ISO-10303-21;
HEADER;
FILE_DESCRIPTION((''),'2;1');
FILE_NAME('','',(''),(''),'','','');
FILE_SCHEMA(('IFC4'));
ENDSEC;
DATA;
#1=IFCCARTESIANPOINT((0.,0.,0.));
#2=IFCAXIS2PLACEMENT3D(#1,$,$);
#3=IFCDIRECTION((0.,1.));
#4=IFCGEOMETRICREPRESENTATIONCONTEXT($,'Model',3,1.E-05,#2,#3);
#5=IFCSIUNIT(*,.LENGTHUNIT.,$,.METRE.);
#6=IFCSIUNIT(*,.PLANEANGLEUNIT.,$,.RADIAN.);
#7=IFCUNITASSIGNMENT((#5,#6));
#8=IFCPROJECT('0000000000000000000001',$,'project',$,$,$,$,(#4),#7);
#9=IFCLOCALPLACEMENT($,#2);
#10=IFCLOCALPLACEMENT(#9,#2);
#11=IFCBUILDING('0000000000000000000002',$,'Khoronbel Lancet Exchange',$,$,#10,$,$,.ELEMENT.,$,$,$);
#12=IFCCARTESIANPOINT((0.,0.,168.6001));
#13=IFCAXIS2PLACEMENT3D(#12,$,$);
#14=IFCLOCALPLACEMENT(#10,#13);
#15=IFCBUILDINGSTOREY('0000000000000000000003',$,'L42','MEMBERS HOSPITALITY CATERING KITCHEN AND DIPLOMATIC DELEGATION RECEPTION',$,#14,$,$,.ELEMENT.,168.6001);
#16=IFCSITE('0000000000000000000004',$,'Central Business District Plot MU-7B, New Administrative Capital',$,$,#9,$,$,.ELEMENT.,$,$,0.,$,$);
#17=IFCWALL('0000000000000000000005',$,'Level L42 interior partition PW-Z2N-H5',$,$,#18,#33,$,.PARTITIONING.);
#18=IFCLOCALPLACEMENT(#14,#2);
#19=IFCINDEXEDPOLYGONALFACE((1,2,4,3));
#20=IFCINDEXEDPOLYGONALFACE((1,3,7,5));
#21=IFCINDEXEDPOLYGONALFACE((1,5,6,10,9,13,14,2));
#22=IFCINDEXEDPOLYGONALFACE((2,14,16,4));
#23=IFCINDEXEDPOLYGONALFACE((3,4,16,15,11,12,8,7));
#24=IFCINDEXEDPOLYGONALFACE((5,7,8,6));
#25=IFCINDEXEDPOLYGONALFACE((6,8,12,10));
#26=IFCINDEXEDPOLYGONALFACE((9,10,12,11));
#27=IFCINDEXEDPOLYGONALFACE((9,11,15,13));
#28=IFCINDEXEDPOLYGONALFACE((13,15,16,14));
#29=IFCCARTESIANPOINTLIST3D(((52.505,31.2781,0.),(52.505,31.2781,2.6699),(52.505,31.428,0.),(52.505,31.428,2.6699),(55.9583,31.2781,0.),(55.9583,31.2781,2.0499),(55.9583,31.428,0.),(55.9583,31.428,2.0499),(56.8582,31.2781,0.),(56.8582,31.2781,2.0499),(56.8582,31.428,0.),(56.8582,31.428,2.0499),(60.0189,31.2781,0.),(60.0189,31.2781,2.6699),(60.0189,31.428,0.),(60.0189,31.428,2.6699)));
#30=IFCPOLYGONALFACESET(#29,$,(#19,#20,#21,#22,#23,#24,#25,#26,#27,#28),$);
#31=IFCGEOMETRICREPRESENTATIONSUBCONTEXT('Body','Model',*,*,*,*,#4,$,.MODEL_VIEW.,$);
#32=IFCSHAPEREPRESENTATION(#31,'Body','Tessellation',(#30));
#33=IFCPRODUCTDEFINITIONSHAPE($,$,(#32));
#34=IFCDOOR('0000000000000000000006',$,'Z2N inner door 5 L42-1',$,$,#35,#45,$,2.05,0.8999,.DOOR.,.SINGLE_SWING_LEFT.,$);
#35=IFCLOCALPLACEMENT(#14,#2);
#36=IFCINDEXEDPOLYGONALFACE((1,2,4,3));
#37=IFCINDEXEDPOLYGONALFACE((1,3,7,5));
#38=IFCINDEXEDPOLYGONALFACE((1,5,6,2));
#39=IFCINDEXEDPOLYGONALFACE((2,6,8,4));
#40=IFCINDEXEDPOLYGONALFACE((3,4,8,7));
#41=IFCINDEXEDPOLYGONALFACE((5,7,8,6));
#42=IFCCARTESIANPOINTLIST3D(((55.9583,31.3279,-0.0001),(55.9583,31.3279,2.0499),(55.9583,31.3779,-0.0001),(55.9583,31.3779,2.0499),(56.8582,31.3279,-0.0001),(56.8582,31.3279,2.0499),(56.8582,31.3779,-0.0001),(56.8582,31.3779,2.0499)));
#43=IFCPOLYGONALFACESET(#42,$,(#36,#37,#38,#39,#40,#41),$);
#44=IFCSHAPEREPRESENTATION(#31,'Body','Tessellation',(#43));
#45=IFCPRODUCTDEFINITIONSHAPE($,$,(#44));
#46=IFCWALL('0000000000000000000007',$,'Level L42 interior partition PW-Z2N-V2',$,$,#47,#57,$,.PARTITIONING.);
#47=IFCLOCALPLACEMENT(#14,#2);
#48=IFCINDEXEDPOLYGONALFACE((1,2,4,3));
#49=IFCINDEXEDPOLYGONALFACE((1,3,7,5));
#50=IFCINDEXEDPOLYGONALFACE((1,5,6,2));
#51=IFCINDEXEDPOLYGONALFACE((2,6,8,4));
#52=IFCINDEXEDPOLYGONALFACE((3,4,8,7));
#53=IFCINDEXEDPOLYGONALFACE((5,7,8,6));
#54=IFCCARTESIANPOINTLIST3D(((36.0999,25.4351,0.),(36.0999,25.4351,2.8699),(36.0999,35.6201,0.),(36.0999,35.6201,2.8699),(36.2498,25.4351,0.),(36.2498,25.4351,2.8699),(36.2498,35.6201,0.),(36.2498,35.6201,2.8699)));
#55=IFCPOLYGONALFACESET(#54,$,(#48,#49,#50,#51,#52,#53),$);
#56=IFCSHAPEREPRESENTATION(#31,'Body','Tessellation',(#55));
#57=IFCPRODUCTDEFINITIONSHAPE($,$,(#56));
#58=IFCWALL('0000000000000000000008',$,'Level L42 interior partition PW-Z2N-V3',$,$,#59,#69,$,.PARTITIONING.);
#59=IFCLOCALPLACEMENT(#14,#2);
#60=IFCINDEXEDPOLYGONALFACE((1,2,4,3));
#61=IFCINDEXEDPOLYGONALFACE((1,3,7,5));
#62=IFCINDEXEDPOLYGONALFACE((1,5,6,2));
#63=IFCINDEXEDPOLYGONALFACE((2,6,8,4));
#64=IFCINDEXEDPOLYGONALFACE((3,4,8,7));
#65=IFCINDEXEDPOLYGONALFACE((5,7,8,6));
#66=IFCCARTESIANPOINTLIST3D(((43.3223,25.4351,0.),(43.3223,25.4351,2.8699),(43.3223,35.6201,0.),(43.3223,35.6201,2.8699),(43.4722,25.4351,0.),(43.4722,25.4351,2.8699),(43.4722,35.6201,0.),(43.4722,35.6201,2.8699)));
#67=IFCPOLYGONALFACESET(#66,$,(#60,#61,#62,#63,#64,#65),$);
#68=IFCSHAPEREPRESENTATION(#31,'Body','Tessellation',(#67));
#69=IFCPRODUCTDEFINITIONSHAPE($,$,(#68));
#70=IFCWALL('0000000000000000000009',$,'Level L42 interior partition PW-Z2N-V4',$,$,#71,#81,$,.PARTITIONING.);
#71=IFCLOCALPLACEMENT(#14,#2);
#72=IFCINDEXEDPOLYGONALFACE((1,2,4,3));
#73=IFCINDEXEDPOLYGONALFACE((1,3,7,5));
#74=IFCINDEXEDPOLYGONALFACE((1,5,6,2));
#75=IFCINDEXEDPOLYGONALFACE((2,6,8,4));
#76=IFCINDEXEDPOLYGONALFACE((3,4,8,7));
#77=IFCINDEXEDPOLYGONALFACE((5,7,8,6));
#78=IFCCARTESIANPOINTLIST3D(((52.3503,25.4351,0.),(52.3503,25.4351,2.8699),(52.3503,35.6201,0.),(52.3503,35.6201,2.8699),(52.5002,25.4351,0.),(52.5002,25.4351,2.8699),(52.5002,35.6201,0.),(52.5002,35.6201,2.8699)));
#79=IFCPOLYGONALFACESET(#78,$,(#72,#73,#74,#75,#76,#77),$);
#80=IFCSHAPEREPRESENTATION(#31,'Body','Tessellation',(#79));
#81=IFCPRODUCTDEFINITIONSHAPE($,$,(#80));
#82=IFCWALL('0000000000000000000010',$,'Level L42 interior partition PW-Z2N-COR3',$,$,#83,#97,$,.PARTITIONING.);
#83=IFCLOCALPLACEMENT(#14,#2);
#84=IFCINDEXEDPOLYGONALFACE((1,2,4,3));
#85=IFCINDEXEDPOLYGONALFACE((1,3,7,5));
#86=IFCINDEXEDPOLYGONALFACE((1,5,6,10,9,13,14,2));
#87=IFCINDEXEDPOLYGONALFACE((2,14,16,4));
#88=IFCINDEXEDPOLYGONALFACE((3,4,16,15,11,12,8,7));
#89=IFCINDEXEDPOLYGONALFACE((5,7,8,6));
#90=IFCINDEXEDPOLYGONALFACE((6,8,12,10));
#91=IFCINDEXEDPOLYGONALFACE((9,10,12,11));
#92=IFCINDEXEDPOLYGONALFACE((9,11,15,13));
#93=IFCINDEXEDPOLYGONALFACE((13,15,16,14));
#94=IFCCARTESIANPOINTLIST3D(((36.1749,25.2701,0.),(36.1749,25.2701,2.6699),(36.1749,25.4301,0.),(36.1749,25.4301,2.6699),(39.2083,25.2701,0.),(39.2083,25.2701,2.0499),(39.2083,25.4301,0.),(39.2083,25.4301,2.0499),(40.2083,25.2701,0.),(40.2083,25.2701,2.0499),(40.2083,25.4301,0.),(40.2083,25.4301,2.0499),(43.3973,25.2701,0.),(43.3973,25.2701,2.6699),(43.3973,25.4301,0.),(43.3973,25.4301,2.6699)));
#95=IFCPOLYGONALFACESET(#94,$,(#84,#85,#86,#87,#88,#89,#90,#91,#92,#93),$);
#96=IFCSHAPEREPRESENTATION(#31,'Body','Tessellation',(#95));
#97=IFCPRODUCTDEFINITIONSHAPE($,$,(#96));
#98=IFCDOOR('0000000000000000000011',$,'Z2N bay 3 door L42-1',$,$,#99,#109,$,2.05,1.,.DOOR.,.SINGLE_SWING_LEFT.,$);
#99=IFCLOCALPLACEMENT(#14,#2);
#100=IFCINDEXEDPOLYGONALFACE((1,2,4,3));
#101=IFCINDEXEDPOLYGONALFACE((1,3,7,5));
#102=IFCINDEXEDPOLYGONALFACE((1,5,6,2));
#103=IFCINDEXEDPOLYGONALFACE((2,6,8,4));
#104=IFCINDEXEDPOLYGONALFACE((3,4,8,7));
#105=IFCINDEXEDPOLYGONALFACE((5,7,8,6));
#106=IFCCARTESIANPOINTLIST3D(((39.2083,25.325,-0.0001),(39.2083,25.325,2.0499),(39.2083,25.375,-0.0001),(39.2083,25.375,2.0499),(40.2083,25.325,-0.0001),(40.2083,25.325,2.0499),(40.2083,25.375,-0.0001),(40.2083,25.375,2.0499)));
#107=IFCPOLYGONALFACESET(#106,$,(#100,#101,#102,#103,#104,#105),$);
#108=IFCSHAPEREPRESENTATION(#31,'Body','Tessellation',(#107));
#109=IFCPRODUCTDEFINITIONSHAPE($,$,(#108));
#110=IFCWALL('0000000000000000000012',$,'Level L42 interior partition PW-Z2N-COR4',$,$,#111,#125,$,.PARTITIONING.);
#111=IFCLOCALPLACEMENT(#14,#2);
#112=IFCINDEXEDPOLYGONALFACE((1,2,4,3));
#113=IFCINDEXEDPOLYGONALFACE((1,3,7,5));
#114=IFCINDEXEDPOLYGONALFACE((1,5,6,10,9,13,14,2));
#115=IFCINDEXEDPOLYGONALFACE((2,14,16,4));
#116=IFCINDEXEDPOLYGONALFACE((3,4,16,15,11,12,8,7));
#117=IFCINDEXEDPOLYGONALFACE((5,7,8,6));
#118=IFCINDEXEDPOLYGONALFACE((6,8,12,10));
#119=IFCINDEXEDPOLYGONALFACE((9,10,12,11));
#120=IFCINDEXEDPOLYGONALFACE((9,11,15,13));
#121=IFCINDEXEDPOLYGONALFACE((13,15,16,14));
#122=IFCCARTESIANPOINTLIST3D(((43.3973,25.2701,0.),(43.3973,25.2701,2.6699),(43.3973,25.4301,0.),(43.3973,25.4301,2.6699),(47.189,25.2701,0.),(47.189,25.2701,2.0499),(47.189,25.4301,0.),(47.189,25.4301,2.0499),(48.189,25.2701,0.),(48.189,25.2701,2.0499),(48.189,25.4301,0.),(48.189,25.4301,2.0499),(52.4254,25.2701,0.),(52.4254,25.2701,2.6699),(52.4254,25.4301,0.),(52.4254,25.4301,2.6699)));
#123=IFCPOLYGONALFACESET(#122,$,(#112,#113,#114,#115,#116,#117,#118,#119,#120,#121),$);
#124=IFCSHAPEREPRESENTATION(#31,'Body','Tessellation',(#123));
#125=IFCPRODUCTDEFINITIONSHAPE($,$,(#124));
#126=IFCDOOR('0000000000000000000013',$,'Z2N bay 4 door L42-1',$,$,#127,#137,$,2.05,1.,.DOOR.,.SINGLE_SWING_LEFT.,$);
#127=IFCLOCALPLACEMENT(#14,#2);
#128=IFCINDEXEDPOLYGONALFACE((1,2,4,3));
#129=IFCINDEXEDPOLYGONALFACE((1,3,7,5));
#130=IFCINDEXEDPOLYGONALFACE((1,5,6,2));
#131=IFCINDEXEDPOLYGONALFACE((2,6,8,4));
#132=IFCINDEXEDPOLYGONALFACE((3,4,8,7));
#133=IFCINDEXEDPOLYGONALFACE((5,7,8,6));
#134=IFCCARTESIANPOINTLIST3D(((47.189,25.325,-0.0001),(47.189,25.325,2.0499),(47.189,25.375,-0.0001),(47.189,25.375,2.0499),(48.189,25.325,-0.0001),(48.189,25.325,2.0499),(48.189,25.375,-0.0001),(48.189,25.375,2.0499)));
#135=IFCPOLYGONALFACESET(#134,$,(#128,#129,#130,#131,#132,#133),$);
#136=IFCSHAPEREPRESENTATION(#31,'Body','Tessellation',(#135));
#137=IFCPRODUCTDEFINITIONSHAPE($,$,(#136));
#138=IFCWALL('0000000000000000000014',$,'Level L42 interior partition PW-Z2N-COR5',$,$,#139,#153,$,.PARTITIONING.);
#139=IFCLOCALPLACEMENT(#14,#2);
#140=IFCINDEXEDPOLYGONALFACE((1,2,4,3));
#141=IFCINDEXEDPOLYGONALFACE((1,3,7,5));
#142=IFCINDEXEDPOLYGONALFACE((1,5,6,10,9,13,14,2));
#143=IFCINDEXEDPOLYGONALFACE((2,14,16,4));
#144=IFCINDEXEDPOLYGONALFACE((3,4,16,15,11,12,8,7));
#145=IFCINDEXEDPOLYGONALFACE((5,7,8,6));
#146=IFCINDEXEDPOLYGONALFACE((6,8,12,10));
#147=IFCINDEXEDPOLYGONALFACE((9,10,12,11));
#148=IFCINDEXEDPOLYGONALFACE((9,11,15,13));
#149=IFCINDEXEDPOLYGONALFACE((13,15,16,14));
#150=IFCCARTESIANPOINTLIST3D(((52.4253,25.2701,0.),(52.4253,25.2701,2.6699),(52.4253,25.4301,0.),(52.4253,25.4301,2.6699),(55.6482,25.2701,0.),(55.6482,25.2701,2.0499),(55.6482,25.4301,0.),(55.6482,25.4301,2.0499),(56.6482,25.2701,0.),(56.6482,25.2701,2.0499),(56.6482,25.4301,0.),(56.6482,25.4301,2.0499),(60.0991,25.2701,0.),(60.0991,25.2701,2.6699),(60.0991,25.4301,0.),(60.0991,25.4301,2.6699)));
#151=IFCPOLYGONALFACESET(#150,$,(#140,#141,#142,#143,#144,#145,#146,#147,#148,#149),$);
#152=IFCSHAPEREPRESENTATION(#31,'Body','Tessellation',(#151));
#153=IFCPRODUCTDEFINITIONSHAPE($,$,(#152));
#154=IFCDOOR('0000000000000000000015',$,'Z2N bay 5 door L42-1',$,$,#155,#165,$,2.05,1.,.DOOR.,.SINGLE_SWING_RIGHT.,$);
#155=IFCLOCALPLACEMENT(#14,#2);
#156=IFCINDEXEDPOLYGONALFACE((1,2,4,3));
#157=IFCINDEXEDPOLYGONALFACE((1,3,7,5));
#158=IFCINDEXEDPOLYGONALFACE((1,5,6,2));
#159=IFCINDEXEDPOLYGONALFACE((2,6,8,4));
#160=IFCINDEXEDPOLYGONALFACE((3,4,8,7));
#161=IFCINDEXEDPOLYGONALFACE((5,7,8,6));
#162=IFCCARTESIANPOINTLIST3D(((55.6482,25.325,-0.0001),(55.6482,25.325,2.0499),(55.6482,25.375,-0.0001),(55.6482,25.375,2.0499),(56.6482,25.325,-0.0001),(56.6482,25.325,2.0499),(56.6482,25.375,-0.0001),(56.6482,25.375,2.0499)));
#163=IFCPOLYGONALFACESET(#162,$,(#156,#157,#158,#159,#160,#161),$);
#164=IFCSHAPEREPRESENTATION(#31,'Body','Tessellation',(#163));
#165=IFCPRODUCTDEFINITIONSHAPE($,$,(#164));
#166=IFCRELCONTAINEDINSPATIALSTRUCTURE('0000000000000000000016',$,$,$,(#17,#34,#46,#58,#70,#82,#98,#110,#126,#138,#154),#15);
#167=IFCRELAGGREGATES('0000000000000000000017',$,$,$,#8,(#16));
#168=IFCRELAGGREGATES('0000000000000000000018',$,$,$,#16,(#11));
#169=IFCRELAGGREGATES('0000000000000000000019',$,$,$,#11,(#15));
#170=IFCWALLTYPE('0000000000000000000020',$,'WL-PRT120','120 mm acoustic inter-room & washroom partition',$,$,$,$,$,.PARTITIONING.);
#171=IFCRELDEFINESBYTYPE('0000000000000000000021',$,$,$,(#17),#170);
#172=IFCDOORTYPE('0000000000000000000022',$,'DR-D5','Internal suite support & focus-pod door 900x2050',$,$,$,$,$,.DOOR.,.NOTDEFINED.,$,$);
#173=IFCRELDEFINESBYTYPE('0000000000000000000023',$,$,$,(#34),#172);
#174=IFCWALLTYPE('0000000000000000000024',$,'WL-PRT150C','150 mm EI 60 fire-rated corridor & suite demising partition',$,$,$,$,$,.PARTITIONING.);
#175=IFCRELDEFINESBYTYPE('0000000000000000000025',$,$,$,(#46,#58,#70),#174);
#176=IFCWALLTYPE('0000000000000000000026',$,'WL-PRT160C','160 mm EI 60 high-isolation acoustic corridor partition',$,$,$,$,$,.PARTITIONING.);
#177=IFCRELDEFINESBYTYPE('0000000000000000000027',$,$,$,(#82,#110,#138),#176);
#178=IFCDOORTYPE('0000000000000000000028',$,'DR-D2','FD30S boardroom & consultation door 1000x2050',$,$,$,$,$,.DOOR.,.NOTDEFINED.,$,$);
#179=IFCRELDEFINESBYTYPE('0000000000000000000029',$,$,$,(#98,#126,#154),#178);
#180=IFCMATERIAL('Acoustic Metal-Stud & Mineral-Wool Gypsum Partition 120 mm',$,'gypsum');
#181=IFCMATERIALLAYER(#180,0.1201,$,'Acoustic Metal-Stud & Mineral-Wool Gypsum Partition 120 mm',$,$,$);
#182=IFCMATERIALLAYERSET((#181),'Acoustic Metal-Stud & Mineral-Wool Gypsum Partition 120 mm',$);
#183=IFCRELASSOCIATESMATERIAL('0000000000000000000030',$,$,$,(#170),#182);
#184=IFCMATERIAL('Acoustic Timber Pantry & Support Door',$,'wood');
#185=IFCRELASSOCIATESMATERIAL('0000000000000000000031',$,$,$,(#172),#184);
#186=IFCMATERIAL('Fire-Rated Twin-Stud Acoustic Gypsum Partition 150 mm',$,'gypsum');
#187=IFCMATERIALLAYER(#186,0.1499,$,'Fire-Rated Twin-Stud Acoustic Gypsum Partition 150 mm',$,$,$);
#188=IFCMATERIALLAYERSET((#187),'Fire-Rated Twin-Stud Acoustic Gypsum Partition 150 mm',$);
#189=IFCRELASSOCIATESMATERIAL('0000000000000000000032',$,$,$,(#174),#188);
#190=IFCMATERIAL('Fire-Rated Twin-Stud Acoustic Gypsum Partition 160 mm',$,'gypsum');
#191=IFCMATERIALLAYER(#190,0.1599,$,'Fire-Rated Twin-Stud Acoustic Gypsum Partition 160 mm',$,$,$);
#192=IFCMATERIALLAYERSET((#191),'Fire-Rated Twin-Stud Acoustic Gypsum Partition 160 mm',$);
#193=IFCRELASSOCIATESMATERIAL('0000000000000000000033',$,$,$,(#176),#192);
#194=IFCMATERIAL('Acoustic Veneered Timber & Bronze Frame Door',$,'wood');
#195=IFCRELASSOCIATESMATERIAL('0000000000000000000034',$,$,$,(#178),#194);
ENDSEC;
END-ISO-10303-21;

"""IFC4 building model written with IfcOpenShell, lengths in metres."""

from ifc_helpers import new_model, si_unit, direction, frame, frame_2d, origin, place, context, subcontext, project, spatial, rectangle, extrude, material, layer, layer_set, type_object, element, fill, save


model = new_model("IFC4")

# Units and contexts
model_context = context("Model", 3, precision=1e-05, world=origin(), true_north=direction((0.0, 1.0)))
body_context = subcontext(model_context, "Body", "Model", "MODEL_VIEW")
ifc_project = project(units=[si_unit("LENGTHUNIT", "METRE"), si_unit("PLANEANGLEUNIT", "RADIAN")], contexts=[model_context])

# Site, building, storey
site_placement = place(None, origin())
site = spatial("IfcSite", under=ifc_project, at=site_placement, Name="Central Business District Plot MU-7B, New Administrative Capital", CompositionType="ELEMENT", RefElevation=0.0)
building_placement = place(site_placement, origin())
building = spatial("IfcBuilding", under=site, at=building_placement, Name="Khoronbel Lancet Exchange", CompositionType="ELEMENT")
storey_placement = place(building_placement, frame((0.0, 0.0, 168.6001)))
storey = spatial("IfcBuildingStorey", under=building, at=storey_placement, Name="L42", Description="MEMBERS HOSPITALITY CATERING KITCHEN AND DIPLOMATIC DELEGATION RECEPTION", CompositionType="ELEMENT", Elevation=168.6001)

# Wall, opening, door
ifc_material_1 = material(Name="Acoustic Metal-Stud & Mineral-Wool Gypsum Partition 120 mm", Category="gypsum")
ifc_layer_1 = layer(ifc_material_1, 0.1201, Name="Acoustic Metal-Stud & Mineral-Wool Gypsum Partition 120 mm")
ifc_layer_set_1 = layer_set([ifc_layer_1], Name="Acoustic Metal-Stud & Mineral-Wool Gypsum Partition 120 mm")
wall_type_1 = type_object("IfcWallType", Name="WL-PRT120", Description="120 mm acoustic inter-room & washroom partition", PredefinedType="PARTITIONING", material=ifc_layer_set_1)
ifc_material_2 = material(Name="Acoustic Timber Pantry & Support Door", Category="wood")
door_type_1 = type_object("IfcDoorType", Name="DR-D5", Description="Internal suite support & focus-pod door 900x2050", OperationType="NOTDEFINED", PredefinedType="DOOR", material=ifc_material_2)
wall_1_placement = place(storey_placement, frame((52.5051, 31.353, 0.0), z_axis=(0.0, 0.0, 1.0), x_axis=(1.0, 0.0, 0.0)))
wall_1 = element("IfcWall", 1, at=wall_1_placement, inside=storey, type_object=wall_type_1, Name="Level L42 interior partition PW-Z2N-H5", PredefinedType="PARTITIONING", context=body_context, shape_type="SweptSolid", body=[
    extrude(rectangle(XDim=7.5139, YDim=0.1499, at=frame_2d((3.7568, 0.0))), origin(), (0.0, 0.0, 1.0), 2.6699),
])
opening_1_placement = place(wall_1_placement, frame((3.4531, 0.0, 0.0)))
opening_1 = element("IfcOpeningElement", 2, at=opening_1_placement, cuts=wall_1, PredefinedType="OPENING", context=body_context, shape_type="SweptSolid", body=[
    extrude(rectangle(XDim=0.8999, YDim=2.05, at=frame_2d((0.45, 1.0249))), frame((0.0, 0.085, 0.0), z_axis=(0.0, -1.0, 0.0), x_axis=(1.0, 0.0, 0.0)), (0.0, 0.0, 1.0), 0.1699),
])
door_1_placement = place(opening_1_placement, origin())
door_1 = element("IfcDoor", 3, at=door_1_placement, inside=storey, type_object=door_type_1, Name="Z2N inner door 5 L42-1", OperationType="SINGLE_SWING_LEFT", OverallHeight=2.05, OverallWidth=0.8999, PredefinedType="DOOR", context=body_context, shape_type="SweptSolid", body=[
    extrude(rectangle(XDim=0.8999, YDim=2.05, at=frame_2d((0.45, 1.0249))), frame((0.0, 0.0249, 0.0), z_axis=(0.0, -1.0, 0.0), x_axis=(1.0, 0.0, 0.0)), (0.0, 0.0, 1.0), 0.05),
])
fill(opening_1, door_1)

# Walls
ifc_material_3 = material(Name="Fire-Rated Twin-Stud Acoustic Gypsum Partition 150 mm", Category="gypsum")
ifc_layer_2 = layer(ifc_material_3, 0.1499, Name="Fire-Rated Twin-Stud Acoustic Gypsum Partition 150 mm")
ifc_layer_set_2 = layer_set([ifc_layer_2], Name="Fire-Rated Twin-Stud Acoustic Gypsum Partition 150 mm")
wall_type_2 = type_object("IfcWallType", Name="WL-PRT150C", Description="150 mm EI 60 fire-rated corridor & suite demising partition", PredefinedType="PARTITIONING", material=ifc_layer_set_2)
for number, where, z_axis, x_axis, name in (
    (4, (36.1748, 25.4351, 0.0), (0.0, 0.0, 1.0), (0.0, 1.0, 0.0), "Level L42 interior partition PW-Z2N-V2"),
    (5, (43.3972, 25.4351, 0.0), (0.0, 0.0, 1.0), (0.0, 1.0, 0.0), "Level L42 interior partition PW-Z2N-V3"),
    (6, (52.4253, 25.4351, 0.0), (0.0, 0.0, 1.0), (0.0, 1.0, 0.0), "Level L42 interior partition PW-Z2N-V4"),
):
    element("IfcWall", number, at=place(storey_placement, frame(where, z_axis=z_axis, x_axis=x_axis)), inside=storey, type_object=wall_type_2, Name=name, PredefinedType="PARTITIONING", context=body_context, shape_type="SweptSolid", body=[
        extrude(rectangle(XDim=10.1851, YDim=0.1499, at=frame_2d((5.0925, 0.0))), origin(), (0.0, 0.0, 1.0), 2.8699),
    ])

# Walls, openings, doors
ifc_material_4 = material(Name="Fire-Rated Twin-Stud Acoustic Gypsum Partition 160 mm", Category="gypsum")
ifc_layer_3 = layer(ifc_material_4, 0.1599, Name="Fire-Rated Twin-Stud Acoustic Gypsum Partition 160 mm")
ifc_layer_set_3 = layer_set([ifc_layer_3], Name="Fire-Rated Twin-Stud Acoustic Gypsum Partition 160 mm")
wall_type_3 = type_object("IfcWallType", Name="WL-PRT160C", Description="160 mm EI 60 high-isolation acoustic corridor partition", PredefinedType="PARTITIONING", material=ifc_layer_set_3)
wall_2_placement = place(storey_placement, frame((36.1748, 25.3501, 0.0), z_axis=(0.0, 0.0, 1.0), x_axis=(1.0, 0.0, 0.0)))
wall_2 = element("IfcWall", 7, at=wall_2_placement, inside=storey, type_object=wall_type_3, Name="Level L42 interior partition PW-Z2N-COR3", PredefinedType="PARTITIONING", context=body_context, shape_type="SweptSolid", body=[
    extrude(rectangle(XDim=7.2224, YDim=0.1599, at=frame_2d((3.6113, 0.0))), origin(), (0.0, 0.0, 1.0), 2.6699),
])
opening_2_placement = place(wall_2_placement, frame((3.0334, 0.0, 0.0)))
opening_2 = element("IfcOpeningElement", 8, at=opening_2_placement, cuts=wall_2, PredefinedType="OPENING", context=body_context, shape_type="SweptSolid", body=[
    extrude(rectangle(XDim=1.0, YDim=2.05, at=frame_2d((0.5, 1.0249))), frame((0.0, 0.0898, 0.0), z_axis=(0.0, -1.0, 0.0), x_axis=(1.0, 0.0, 0.0)), (0.0, 0.0, 1.0), 0.1799),
])
ifc_material_5 = material(Name="Acoustic Veneered Timber & Bronze Frame Door", Category="wood")
door_type_2 = type_object("IfcDoorType", Name="DR-D2", Description="FD30S boardroom & consultation door 1000x2050", OperationType="NOTDEFINED", PredefinedType="DOOR", material=ifc_material_5)
door_2_placement = place(opening_2_placement, origin())
door_2 = element("IfcDoor", 9, at=door_2_placement, inside=storey, type_object=door_type_2, Name="Z2N bay 3 door L42-1", OperationType="SINGLE_SWING_LEFT", OverallHeight=2.05, OverallWidth=1.0, PredefinedType="DOOR", context=body_context, shape_type="SweptSolid", body=[
    extrude(rectangle(XDim=1.0, YDim=2.05, at=frame_2d((0.5, 1.0249))), frame((0.0, 0.0249, 0.0), z_axis=(0.0, -1.0, 0.0), x_axis=(1.0, 0.0, 0.0)), (0.0, 0.0, 1.0), 0.05),
])
fill(opening_2, door_2)
wall_3_placement = place(storey_placement, frame((43.3972, 25.3501, 0.0), z_axis=(0.0, 0.0, 1.0), x_axis=(1.0, 0.0, 0.0)))
wall_3 = element("IfcWall", 10, at=wall_3_placement, inside=storey, type_object=wall_type_3, Name="Level L42 interior partition PW-Z2N-COR4", PredefinedType="PARTITIONING", context=body_context, shape_type="SweptSolid", body=[
    extrude(rectangle(XDim=9.0281, YDim=0.1599, at=frame_2d((4.5142, 0.0))), origin(), (0.0, 0.0, 1.0), 2.6699),
])
opening_3_placement = place(wall_3_placement, frame((3.7917, 0.0, 0.0)))
opening_3 = element("IfcOpeningElement", 11, at=opening_3_placement, cuts=wall_3, PredefinedType="OPENING", context=body_context, shape_type="SweptSolid", body=[
    extrude(rectangle(XDim=1.0, YDim=2.05, at=frame_2d((0.5, 1.0249))), frame((0.0, 0.0898, 0.0), z_axis=(0.0, -1.0, 0.0), x_axis=(1.0, 0.0, 0.0)), (0.0, 0.0, 1.0), 0.1799),
])
door_3_placement = place(opening_3_placement, origin())
door_3 = element("IfcDoor", 12, at=door_3_placement, inside=storey, type_object=door_type_2, Name="Z2N bay 4 door L42-1", OperationType="SINGLE_SWING_LEFT", OverallHeight=2.05, OverallWidth=1.0, PredefinedType="DOOR", context=body_context, shape_type="SweptSolid", body=[
    extrude(rectangle(XDim=1.0, YDim=2.05, at=frame_2d((0.5, 1.0249))), frame((0.0, 0.0249, 0.0), z_axis=(0.0, -1.0, 0.0), x_axis=(1.0, 0.0, 0.0)), (0.0, 0.0, 1.0), 0.05),
])
fill(opening_3, door_3)
wall_4_placement = place(storey_placement, frame((52.4253, 25.3501, 0.0), z_axis=(0.0, 0.0, 1.0), x_axis=(1.0, 0.0, 0.0)))
wall_4 = element("IfcWall", 13, at=wall_4_placement, inside=storey, type_object=wall_type_3, Name="Level L42 interior partition PW-Z2N-COR5", PredefinedType="PARTITIONING", context=body_context, shape_type="SweptSolid", body=[
    extrude(rectangle(XDim=7.6738, YDim=0.1599, at=frame_2d((3.8369, 0.0))), origin(), (0.0, 0.0, 1.0), 2.6699),
])
opening_4_placement = place(wall_4_placement, frame((3.2229, 0.0, 0.0)))
opening_4 = element("IfcOpeningElement", 14, at=opening_4_placement, cuts=wall_4, PredefinedType="OPENING", context=body_context, shape_type="SweptSolid", body=[
    extrude(rectangle(XDim=1.0, YDim=2.05, at=frame_2d((0.5, 1.0249))), frame((0.0, 0.0898, 0.0), z_axis=(0.0, -1.0, 0.0), x_axis=(1.0, 0.0, 0.0)), (0.0, 0.0, 1.0), 0.1799),
])
door_4_placement = place(opening_4_placement, origin())
door_4 = element("IfcDoor", 15, at=door_4_placement, inside=storey, type_object=door_type_2, Name="Z2N bay 5 door L42-1", OperationType="SINGLE_SWING_RIGHT", OverallHeight=2.05, OverallWidth=1.0, PredefinedType="DOOR", context=body_context, shape_type="SweptSolid", body=[
    extrude(rectangle(XDim=1.0, YDim=2.05, at=frame_2d((0.5, 1.0249))), frame((0.0, 0.0249, 0.0), z_axis=(0.0, -1.0, 0.0), x_axis=(1.0, 0.0, 0.0)), (0.0, 0.0, 1.0), 0.05),
])
fill(opening_4, door_4)

save(model, "model.ifc")
